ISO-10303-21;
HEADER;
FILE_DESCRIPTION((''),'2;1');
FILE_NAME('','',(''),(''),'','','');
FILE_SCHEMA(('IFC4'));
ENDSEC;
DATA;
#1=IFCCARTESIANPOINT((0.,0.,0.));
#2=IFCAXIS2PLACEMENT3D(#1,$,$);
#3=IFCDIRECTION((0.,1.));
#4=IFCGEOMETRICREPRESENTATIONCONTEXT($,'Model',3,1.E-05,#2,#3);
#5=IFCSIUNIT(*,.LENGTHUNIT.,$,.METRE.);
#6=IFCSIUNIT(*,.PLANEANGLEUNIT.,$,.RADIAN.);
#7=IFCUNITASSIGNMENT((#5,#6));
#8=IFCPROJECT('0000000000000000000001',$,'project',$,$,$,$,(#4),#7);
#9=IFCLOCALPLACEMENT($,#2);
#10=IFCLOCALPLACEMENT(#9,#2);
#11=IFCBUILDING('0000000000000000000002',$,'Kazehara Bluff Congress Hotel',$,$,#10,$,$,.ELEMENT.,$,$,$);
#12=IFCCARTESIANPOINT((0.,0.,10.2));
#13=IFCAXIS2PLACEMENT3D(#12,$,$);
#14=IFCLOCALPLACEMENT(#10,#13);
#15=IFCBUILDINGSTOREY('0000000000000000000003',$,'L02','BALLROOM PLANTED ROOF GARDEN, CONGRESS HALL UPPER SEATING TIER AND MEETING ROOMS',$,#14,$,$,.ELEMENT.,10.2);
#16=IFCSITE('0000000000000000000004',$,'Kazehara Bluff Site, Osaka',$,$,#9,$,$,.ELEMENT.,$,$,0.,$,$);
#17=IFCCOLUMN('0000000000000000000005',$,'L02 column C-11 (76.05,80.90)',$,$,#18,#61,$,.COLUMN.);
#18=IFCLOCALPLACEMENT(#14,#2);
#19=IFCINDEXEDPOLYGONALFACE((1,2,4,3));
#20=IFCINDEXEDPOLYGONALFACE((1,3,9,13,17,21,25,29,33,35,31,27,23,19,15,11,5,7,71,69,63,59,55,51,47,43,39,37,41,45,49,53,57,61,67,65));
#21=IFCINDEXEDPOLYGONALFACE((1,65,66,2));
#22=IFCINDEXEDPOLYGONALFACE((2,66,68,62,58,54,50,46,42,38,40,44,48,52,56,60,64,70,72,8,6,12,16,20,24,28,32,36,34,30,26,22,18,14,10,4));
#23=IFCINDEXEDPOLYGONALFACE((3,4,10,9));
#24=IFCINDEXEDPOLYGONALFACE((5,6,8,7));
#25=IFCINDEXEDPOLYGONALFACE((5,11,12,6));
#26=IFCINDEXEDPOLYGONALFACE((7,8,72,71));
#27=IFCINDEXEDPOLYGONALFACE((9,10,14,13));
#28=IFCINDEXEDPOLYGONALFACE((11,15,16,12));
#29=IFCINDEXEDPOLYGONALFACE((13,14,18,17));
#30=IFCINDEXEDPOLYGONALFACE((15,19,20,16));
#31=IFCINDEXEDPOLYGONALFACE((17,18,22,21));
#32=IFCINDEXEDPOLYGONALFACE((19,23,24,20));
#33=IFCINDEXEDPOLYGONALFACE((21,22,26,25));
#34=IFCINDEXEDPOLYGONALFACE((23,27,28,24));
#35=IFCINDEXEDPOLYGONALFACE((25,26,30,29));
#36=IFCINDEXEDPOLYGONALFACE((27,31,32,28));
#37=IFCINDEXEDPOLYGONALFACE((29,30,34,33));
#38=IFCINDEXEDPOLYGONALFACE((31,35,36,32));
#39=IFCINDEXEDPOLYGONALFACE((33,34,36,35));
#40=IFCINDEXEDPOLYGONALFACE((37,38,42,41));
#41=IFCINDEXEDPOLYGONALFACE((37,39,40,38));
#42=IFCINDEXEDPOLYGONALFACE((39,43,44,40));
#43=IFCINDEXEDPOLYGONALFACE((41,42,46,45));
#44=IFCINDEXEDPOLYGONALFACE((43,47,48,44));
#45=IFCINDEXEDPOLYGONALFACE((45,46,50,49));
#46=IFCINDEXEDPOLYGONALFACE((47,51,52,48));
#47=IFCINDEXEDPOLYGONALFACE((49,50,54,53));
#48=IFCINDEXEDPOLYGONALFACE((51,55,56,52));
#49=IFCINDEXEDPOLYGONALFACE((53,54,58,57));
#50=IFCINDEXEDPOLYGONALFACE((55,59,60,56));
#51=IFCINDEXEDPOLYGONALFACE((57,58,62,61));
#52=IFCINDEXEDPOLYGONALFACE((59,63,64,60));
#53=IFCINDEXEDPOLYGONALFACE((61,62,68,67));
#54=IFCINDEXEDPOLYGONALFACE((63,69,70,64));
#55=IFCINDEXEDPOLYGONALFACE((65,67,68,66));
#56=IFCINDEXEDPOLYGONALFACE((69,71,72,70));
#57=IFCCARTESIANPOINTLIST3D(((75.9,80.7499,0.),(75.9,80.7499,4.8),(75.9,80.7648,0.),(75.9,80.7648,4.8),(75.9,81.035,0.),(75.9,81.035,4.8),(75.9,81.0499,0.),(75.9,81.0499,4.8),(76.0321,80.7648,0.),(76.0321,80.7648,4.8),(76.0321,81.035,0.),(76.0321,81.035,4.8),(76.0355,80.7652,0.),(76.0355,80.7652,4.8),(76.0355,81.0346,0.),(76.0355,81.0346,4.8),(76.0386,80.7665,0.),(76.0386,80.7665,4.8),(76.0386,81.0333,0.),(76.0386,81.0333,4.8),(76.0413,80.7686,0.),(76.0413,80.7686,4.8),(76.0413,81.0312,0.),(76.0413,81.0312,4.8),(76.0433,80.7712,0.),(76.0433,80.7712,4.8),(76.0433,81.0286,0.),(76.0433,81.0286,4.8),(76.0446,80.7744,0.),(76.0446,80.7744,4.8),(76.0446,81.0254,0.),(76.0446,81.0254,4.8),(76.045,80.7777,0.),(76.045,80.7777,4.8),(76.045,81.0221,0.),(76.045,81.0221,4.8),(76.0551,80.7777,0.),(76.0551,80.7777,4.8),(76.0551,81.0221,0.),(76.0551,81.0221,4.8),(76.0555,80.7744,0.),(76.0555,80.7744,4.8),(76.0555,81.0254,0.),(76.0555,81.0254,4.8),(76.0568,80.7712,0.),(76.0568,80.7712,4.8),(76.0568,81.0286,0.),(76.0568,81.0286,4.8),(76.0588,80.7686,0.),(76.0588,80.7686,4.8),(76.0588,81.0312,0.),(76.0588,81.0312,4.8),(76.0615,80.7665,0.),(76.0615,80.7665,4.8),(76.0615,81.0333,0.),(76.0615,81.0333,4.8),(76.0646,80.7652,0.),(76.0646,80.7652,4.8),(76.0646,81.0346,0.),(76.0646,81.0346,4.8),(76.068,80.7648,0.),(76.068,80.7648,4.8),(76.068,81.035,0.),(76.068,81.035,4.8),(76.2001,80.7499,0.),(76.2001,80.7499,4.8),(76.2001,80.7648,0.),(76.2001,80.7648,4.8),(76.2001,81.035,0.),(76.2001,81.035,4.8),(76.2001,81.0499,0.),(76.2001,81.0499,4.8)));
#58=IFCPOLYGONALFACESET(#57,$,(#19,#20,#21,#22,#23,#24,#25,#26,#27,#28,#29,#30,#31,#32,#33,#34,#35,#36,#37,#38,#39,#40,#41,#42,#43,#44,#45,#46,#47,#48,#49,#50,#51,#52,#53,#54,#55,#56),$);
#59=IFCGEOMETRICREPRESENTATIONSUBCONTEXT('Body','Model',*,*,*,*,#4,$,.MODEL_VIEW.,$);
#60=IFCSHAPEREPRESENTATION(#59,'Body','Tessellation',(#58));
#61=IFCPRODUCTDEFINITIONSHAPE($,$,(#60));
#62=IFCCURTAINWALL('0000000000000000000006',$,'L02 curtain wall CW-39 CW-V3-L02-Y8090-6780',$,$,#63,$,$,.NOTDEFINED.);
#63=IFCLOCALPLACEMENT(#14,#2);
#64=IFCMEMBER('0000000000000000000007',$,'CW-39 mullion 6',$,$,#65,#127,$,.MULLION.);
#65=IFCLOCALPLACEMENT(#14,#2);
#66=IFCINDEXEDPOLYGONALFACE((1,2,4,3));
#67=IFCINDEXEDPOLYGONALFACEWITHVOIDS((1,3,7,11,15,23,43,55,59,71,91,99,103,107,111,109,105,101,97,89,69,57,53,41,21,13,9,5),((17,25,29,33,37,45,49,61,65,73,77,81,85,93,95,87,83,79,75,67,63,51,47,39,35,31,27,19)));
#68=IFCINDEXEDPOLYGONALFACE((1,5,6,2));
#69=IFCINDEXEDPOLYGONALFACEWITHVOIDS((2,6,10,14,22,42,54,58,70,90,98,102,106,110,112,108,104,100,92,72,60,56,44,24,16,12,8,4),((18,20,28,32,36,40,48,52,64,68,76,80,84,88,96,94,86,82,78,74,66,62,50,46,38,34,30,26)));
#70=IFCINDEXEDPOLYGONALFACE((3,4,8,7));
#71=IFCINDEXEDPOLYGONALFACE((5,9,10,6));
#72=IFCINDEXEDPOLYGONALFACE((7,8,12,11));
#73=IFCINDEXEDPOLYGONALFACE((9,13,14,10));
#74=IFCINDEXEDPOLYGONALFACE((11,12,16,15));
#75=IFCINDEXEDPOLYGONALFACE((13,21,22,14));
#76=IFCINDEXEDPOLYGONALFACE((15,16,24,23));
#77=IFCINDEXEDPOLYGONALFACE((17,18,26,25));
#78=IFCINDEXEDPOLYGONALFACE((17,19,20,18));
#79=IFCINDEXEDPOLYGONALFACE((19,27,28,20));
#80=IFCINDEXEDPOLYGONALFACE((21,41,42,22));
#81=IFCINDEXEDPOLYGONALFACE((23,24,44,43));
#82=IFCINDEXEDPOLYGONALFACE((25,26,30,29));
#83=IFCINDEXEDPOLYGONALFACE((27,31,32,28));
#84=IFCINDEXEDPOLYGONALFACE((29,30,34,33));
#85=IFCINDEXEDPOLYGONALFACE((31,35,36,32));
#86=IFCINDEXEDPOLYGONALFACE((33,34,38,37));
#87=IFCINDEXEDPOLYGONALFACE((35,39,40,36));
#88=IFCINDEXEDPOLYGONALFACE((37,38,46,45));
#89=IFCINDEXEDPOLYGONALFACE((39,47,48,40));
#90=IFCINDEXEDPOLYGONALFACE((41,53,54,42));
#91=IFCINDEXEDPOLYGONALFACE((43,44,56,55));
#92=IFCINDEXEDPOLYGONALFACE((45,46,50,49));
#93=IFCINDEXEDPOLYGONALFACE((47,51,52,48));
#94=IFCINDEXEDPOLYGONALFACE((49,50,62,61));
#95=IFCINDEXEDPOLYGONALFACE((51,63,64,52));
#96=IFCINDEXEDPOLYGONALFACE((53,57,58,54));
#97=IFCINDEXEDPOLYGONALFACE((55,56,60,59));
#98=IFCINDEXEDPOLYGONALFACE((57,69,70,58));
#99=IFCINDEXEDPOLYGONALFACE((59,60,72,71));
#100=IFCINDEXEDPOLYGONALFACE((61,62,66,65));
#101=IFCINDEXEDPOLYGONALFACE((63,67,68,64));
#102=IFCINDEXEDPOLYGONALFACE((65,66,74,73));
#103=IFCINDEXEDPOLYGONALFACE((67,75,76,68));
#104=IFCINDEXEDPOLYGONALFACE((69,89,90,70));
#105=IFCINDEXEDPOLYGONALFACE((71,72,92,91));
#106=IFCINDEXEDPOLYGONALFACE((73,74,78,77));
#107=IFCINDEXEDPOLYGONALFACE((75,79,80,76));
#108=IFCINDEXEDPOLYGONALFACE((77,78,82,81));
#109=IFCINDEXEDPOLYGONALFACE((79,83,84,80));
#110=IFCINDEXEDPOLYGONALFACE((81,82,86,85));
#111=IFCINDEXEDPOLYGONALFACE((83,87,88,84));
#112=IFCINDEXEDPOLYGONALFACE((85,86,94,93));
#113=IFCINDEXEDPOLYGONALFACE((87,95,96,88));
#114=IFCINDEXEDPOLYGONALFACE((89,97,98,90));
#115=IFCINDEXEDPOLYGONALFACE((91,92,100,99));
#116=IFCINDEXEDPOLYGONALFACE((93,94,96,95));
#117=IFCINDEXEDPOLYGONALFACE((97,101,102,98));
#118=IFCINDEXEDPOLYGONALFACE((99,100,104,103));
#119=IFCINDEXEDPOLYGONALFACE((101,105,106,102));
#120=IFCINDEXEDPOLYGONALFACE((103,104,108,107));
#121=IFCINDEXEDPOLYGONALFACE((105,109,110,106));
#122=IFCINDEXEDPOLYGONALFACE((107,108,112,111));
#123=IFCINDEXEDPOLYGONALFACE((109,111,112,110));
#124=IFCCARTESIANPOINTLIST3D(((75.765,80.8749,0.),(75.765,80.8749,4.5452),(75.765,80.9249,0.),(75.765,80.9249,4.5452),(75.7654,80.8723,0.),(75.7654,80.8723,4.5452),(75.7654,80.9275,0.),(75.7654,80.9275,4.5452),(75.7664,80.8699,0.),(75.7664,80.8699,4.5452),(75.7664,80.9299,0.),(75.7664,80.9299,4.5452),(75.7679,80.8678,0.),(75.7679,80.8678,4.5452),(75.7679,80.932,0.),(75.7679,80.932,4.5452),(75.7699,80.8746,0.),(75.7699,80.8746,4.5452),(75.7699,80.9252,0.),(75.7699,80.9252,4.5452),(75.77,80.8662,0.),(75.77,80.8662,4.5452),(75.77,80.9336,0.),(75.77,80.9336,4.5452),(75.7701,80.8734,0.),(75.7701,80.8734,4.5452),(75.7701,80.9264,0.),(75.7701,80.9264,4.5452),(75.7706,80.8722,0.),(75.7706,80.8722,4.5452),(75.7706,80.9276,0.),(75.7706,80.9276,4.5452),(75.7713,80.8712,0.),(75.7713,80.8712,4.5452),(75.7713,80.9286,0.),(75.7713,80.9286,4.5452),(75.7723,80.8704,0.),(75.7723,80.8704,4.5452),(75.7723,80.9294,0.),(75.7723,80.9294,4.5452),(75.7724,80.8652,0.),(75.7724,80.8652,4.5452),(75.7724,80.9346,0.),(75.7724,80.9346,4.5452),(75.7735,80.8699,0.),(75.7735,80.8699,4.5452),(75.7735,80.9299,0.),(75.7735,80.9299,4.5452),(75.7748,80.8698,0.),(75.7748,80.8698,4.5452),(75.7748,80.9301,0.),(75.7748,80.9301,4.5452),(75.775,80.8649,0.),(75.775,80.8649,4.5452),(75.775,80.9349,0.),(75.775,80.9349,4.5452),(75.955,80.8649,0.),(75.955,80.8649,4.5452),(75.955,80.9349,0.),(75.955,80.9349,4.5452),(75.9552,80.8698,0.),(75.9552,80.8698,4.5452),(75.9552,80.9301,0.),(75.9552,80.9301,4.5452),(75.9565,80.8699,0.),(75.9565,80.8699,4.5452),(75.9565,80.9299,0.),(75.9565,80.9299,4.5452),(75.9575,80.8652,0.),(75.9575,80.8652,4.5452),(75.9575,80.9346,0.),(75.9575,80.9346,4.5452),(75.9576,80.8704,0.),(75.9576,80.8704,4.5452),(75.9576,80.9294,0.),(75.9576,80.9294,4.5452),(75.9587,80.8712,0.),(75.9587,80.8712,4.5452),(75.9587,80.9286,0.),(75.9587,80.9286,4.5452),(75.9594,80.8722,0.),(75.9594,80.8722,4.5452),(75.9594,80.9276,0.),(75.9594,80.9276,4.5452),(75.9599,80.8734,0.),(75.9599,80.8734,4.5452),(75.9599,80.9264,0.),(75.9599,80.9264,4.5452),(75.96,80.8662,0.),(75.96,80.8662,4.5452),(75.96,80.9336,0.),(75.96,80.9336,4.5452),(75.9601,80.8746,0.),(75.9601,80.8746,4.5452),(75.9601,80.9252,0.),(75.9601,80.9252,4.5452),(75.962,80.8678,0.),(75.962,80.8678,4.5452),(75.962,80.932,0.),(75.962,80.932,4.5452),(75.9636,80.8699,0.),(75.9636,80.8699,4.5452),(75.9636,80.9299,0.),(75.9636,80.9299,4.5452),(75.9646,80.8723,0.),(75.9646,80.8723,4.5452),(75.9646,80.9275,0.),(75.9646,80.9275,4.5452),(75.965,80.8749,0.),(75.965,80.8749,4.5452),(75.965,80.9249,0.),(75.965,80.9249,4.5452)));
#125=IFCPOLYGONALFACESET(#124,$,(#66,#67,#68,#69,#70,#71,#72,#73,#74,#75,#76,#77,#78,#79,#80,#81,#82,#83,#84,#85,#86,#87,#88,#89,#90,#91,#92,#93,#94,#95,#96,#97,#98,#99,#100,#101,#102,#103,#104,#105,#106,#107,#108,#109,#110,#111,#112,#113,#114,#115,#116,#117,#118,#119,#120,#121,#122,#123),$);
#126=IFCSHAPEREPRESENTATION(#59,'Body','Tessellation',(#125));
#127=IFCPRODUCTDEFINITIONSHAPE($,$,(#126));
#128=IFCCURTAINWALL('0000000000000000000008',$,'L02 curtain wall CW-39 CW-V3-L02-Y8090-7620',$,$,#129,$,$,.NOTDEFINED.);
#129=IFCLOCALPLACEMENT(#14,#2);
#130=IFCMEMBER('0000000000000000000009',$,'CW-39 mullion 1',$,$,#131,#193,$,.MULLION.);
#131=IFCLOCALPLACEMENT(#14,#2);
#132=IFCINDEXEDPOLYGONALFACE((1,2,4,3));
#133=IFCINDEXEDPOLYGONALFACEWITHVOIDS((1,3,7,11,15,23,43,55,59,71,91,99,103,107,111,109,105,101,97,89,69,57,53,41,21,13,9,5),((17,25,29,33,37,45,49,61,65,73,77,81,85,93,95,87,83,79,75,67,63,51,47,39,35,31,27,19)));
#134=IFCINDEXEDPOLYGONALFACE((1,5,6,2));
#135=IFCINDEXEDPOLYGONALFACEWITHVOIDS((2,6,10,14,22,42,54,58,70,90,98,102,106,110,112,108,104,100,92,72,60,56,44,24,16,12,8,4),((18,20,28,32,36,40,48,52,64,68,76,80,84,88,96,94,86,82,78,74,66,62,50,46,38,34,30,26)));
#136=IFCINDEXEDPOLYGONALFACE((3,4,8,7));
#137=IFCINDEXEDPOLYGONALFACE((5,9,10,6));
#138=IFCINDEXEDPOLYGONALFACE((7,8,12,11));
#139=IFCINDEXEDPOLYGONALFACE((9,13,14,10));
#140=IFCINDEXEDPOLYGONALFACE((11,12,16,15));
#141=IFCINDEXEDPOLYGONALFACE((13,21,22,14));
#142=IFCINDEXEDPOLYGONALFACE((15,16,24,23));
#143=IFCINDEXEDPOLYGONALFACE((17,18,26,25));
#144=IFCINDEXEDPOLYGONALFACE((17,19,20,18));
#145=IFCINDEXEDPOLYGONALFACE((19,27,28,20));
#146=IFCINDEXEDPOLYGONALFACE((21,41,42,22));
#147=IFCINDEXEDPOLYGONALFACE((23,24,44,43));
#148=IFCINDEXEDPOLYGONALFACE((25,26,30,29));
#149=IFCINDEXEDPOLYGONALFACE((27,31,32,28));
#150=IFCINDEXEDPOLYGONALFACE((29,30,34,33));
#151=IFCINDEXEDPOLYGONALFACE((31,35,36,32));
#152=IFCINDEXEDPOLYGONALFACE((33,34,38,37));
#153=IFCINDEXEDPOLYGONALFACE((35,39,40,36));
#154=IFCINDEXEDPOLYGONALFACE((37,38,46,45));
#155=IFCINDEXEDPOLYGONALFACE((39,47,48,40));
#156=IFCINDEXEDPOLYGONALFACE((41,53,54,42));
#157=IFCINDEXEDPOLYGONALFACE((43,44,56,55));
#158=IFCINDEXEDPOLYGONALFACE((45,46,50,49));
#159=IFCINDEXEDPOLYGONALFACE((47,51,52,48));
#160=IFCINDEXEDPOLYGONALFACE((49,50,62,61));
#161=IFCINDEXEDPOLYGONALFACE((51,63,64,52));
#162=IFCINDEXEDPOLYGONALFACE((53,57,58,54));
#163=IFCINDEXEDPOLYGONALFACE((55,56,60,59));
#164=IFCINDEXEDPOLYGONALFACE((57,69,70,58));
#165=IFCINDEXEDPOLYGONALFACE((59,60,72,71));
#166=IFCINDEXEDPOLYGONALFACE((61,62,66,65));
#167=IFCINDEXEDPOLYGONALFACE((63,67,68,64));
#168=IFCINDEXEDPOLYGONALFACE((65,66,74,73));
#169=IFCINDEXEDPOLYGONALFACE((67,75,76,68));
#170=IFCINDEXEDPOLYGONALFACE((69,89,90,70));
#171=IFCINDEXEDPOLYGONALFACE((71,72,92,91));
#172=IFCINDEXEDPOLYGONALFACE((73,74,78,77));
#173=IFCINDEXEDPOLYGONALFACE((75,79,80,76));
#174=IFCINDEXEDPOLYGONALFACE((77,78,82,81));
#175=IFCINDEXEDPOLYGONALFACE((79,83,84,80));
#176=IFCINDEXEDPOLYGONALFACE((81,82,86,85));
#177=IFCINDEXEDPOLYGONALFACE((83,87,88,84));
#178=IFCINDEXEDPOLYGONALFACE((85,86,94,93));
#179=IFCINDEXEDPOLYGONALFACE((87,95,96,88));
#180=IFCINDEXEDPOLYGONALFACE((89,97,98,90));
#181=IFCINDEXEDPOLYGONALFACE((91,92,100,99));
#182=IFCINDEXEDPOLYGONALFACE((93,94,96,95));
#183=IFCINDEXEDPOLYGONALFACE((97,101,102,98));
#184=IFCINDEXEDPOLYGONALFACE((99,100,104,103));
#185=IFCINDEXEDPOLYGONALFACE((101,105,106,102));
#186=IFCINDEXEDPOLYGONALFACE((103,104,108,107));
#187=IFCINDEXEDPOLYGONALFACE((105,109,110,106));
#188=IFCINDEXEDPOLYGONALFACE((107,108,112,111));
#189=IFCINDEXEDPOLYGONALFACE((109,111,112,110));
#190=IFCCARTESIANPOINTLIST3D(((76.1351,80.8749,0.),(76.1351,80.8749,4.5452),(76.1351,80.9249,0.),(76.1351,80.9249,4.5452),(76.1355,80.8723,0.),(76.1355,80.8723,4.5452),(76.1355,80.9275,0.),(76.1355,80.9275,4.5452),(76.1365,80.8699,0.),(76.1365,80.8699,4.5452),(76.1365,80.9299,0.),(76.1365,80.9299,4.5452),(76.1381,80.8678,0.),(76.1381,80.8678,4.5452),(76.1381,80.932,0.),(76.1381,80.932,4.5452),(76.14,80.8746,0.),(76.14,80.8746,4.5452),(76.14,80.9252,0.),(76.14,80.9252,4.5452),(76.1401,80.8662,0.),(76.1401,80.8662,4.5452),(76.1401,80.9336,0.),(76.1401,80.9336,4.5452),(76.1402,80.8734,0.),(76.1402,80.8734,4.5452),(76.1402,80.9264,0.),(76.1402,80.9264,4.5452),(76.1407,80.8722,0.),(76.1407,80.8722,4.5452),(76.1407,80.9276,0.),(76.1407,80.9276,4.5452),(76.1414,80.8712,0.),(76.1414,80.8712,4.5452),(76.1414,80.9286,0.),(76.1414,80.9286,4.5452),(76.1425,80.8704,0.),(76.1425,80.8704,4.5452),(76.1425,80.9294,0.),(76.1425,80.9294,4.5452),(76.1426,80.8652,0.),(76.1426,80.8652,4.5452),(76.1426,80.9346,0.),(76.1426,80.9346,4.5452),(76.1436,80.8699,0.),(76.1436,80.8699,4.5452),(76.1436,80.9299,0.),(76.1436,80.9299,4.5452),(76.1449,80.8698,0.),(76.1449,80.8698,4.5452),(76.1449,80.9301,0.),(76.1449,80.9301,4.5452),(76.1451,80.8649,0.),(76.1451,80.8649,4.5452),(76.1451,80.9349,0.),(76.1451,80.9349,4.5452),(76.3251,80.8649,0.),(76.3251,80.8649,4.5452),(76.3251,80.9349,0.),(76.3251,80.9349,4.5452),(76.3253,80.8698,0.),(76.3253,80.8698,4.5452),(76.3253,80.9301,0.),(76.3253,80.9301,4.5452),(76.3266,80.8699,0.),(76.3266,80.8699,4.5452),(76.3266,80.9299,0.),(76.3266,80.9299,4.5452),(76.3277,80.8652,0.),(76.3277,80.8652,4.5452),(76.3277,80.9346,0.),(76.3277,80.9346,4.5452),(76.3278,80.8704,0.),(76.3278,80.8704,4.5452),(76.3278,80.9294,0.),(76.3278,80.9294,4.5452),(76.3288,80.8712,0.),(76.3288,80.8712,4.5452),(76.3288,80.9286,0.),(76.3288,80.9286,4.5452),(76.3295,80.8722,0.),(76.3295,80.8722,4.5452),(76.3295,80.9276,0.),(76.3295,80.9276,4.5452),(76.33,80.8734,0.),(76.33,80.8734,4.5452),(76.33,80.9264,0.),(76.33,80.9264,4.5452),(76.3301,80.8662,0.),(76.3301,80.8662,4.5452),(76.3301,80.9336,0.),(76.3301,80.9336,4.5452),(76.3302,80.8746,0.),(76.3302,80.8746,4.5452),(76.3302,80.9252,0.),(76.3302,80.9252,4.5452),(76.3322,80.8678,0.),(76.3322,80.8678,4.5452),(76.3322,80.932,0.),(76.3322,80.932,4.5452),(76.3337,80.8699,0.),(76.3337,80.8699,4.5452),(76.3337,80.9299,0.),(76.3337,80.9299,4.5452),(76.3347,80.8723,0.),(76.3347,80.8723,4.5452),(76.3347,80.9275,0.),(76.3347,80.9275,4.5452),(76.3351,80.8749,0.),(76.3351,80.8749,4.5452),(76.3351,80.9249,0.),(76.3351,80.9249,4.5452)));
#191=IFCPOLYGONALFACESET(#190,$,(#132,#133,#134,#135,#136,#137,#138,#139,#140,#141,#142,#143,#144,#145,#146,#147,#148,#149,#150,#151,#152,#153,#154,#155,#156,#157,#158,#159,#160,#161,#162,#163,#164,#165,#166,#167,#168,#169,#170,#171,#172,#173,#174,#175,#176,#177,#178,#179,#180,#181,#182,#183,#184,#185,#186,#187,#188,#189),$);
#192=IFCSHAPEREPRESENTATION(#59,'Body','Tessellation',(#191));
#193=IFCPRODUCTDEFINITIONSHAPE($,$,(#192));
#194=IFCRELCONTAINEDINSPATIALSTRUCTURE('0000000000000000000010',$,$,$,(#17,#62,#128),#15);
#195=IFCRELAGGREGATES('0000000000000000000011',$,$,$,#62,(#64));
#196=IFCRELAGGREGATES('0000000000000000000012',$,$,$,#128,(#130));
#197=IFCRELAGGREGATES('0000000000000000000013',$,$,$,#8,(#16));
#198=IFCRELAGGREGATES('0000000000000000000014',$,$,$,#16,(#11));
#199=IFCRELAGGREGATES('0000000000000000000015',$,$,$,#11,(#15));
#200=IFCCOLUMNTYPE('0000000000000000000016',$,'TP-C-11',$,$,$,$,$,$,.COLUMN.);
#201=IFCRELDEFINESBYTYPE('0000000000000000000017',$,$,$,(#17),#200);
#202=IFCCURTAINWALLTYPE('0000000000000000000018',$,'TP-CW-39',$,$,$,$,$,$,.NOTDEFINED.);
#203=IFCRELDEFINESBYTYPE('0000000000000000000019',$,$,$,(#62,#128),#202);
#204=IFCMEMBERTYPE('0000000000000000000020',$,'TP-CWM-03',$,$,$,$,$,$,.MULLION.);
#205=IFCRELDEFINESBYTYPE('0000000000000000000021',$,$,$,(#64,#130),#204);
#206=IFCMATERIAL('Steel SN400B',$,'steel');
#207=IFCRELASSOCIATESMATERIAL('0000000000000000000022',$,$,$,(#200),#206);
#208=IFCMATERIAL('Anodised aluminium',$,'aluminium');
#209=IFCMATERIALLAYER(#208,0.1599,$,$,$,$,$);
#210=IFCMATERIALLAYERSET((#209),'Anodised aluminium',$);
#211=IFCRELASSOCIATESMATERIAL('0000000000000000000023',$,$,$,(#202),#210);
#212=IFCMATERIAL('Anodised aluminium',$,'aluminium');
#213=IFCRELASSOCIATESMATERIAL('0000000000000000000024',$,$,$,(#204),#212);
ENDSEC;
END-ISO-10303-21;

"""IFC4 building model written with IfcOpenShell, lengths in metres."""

from ifc_helpers import new_model, si_unit, direction, frame, origin, origin_2d, place, context, subcontext, project, spatial, hollow_rectangle, i_section, extrude, material, layer, layer_set, material_profile, profile_set, type_object, element, aggregate, save


model = new_model("IFC4")

# Units and contexts
model_context = context("Model", 3, precision=1e-05, world=origin(), true_north=direction((0.0, 1.0)))
body_context = subcontext(model_context, "Body", "Model", "MODEL_VIEW")
ifc_project = project(units=[si_unit("LENGTHUNIT", "METRE"), si_unit("PLANEANGLEUNIT", "RADIAN")], contexts=[model_context])

# Site, building, storey
site_placement = place(None, origin())
site = spatial("IfcSite", under=ifc_project, at=site_placement, Name="Kazehara Bluff Site, Osaka", CompositionType="ELEMENT", RefElevation=0.0)
building_placement = place(site_placement, origin())
building = spatial("IfcBuilding", under=site, at=building_placement, Name="Kazehara Bluff Congress Hotel", CompositionType="ELEMENT")
storey_placement = place(building_placement, frame((0.0, 0.0, 10.2)))
storey = spatial("IfcBuildingStorey", under=building, at=storey_placement, Name="L02", Description="BALLROOM PLANTED ROOF GARDEN, CONGRESS HALL UPPER SEATING TIER AND MEETING ROOMS", CompositionType="ELEMENT", Elevation=10.2)

# Column
ifc_material_1 = material(Name="Steel SN400B", Category="steel")
ifc_material_profile_1 = material_profile(ifc_material_1, i_section(OverallWidth=0.3, OverallDepth=0.3, WebThickness=0.01, FlangeThickness=0.0149, FilletRadius=0.0129, at=origin_2d()))
ifc_profile_set_1 = profile_set([ifc_material_profile_1], Name="Steel SN400B")
column_type = type_object("IfcColumnType", Name="TP-C-11", PredefinedType="COLUMN", material=ifc_profile_set_1)
column_placement = place(storey_placement, frame((76.05, 80.8999, 0.0), z_axis=(0.0, 0.0, 1.0), x_axis=(1.0, 0.0, 0.0)))
element("IfcColumn", 1, at=column_placement, inside=storey, type_object=column_type, Name="L02 column C-11 (76.05,80.90)", PredefinedType="COLUMN", context=body_context, shape_type="SweptSolid", body=[
    extrude(i_section(OverallWidth=0.3, OverallDepth=0.3, WebThickness=0.01, FlangeThickness=0.0149, FilletRadius=0.0129, at=origin_2d()), origin(), (0.0, 0.0, 1.0), 4.8),
])

# Curtain wall, member
ifc_material_2 = material(Name="Anodised aluminium", Category="aluminium")
ifc_layer_1 = layer(ifc_material_2, 0.1599)
ifc_layer_set_1 = layer_set([ifc_layer_1], Name="Anodised aluminium")
curtain_wall_type = type_object("IfcCurtainWallType", Name="TP-CW-39", PredefinedType="NOTDEFINED", material=ifc_layer_set_1)
curtain_wall_1_placement = place(storey_placement, origin())
curtain_wall_1 = element("IfcCurtainWall", 2, at=curtain_wall_1_placement, inside=storey, type_object=curtain_wall_type, Name="L02 curtain wall CW-39 CW-V3-L02-Y8090-6780", PredefinedType="NOTDEFINED")
ifc_material_3 = material(Name="Anodised aluminium", Category="aluminium")
ifc_material_profile_2 = material_profile(ifc_material_3, hollow_rectangle(XDim=0.0701, YDim=0.2, WallThickness=0.0049, InnerFilletRadius=0.0049, OuterFilletRadius=0.01, at=origin_2d()))
ifc_profile_set_2 = profile_set([ifc_material_profile_2], Name="Anodised aluminium")
member_type_1 = type_object("IfcMemberType", Name="TP-CWM-03", PredefinedType="MULLION", material=ifc_profile_set_2)
member_1_placement = place(storey_placement, frame((75.865, 80.8999, 0.0), z_axis=(0.0, 0.0, 1.0), x_axis=(0.0, 1.0, 0.0)))
member_1 = element("IfcMember", 3, at=member_1_placement, type_object=member_type_1, Name="CW-39 mullion 6", PredefinedType="MULLION", context=body_context, shape_type="SweptSolid", body=[
    extrude(hollow_rectangle(XDim=0.0701, YDim=0.2, WallThickness=0.0049, InnerFilletRadius=0.0049, OuterFilletRadius=0.01, at=origin_2d()), origin(), (0.0, 0.0, 1.0), 4.5452),
])

# Curtain wall, member
curtain_wall_2_placement = place(storey_placement, origin())
curtain_wall_2 = element("IfcCurtainWall", 4, at=curtain_wall_2_placement, inside=storey, type_object=curtain_wall_type, Name="L02 curtain wall CW-39 CW-V3-L02-Y8090-7620", PredefinedType="NOTDEFINED")
member_2_placement = place(storey_placement, frame((76.2351, 80.8999, 0.0), z_axis=(0.0, 0.0, 1.0), x_axis=(0.0, 1.0, 0.0)))
member_2 = element("IfcMember", 5, at=member_2_placement, type_object=member_type_1, Name="CW-39 mullion 1", PredefinedType="MULLION", context=body_context, shape_type="SweptSolid", body=[
    extrude(hollow_rectangle(XDim=0.0701, YDim=0.2, WallThickness=0.0049, InnerFilletRadius=0.0049, OuterFilletRadius=0.01, at=origin_2d()), origin(), (0.0, 0.0, 1.0), 4.5452),
])

aggregate(curtain_wall_1, [member_1])
aggregate(curtain_wall_2, [member_2])

save(model, "model.ifc")
